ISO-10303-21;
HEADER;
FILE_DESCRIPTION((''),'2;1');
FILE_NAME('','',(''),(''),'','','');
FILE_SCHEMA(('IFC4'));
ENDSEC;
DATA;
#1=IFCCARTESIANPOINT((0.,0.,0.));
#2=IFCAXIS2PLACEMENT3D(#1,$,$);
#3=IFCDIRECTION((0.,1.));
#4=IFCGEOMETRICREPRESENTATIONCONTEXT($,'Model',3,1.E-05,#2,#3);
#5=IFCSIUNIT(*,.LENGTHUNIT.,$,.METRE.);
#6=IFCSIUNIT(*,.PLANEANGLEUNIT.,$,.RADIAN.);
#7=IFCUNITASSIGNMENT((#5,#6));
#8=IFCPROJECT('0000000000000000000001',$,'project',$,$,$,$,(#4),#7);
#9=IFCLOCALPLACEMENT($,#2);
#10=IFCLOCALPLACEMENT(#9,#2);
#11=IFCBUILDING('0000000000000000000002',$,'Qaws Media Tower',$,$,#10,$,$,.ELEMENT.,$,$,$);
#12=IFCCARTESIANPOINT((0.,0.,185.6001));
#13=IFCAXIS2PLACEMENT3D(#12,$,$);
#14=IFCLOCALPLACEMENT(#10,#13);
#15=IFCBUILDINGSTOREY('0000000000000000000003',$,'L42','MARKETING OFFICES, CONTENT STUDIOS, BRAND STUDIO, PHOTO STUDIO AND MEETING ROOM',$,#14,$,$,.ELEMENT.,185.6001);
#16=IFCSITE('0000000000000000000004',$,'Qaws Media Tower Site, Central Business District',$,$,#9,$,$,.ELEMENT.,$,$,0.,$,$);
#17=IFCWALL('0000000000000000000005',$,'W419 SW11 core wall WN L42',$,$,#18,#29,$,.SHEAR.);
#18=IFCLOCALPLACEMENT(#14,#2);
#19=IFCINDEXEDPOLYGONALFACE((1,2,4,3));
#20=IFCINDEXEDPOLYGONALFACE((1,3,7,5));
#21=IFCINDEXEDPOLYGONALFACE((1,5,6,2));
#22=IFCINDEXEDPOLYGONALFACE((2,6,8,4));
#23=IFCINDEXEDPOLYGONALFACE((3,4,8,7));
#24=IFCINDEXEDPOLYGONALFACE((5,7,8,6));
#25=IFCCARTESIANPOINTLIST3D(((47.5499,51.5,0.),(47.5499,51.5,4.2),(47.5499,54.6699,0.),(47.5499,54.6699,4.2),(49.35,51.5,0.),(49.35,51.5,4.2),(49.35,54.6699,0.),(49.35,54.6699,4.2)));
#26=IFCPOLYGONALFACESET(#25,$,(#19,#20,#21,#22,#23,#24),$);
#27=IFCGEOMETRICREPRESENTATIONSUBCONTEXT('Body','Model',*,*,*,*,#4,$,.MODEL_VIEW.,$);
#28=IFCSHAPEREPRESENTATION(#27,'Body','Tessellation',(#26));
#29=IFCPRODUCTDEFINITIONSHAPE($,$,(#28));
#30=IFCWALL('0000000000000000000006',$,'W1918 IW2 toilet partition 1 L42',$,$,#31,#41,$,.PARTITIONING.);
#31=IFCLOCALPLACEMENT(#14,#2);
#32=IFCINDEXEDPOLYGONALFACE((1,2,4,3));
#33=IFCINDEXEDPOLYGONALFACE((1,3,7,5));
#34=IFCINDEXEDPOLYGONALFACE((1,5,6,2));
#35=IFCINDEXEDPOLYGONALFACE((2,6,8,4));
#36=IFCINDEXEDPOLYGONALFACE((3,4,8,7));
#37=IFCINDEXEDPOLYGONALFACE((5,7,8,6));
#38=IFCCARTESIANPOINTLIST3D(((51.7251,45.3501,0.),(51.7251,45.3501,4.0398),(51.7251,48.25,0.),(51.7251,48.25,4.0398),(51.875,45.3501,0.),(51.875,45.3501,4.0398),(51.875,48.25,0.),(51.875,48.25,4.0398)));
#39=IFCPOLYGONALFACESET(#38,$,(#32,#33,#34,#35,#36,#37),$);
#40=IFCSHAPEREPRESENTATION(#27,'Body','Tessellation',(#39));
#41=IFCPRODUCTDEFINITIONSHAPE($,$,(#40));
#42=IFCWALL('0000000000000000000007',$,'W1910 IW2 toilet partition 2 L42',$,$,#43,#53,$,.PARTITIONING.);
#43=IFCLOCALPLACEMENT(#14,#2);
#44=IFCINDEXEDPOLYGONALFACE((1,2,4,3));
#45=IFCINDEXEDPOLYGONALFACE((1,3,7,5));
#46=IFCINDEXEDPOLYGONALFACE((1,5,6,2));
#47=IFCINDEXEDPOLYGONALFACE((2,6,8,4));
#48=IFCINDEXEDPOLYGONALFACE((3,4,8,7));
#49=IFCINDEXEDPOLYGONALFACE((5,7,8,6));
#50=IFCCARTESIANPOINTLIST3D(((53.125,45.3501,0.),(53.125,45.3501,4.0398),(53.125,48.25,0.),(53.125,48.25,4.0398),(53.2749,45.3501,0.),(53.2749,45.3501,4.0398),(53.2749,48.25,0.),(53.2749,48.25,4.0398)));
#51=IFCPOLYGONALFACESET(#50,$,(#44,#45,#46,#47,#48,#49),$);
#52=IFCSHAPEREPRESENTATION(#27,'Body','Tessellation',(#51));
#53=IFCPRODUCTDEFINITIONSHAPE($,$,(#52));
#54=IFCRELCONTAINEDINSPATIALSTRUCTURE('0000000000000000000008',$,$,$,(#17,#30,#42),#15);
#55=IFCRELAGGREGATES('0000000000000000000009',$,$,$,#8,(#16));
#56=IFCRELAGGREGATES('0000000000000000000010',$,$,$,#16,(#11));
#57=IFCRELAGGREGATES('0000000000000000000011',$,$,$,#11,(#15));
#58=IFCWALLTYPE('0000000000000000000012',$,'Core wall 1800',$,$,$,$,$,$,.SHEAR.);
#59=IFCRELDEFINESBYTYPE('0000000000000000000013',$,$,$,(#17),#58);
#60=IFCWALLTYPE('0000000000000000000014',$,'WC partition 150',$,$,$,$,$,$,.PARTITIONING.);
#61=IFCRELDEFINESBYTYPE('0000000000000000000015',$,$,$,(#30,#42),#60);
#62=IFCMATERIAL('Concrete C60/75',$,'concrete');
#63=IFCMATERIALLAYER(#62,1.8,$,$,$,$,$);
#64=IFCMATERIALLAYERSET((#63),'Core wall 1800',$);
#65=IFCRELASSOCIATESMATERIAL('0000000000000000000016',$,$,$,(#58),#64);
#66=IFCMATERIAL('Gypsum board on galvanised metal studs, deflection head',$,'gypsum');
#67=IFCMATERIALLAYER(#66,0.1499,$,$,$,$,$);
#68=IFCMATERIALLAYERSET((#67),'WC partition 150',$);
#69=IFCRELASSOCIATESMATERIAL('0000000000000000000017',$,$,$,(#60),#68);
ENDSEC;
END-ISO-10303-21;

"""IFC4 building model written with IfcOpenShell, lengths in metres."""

from ifc_helpers import new_model, si_unit, direction, frame, frame_2d, origin, place, context, subcontext, project, spatial, rectangle, extrude, material, layer, layer_set, type_object, element, save


model = new_model("IFC4")

# Units and contexts
model_context = context("Model", 3, precision=1e-05, world=origin(), true_north=direction((0.0, 1.0)))
body_context = subcontext(model_context, "Body", "Model", "MODEL_VIEW")
ifc_project = project(units=[si_unit("LENGTHUNIT", "METRE"), si_unit("PLANEANGLEUNIT", "RADIAN")], contexts=[model_context])

# Site, building, storey
site_placement = place(None, origin())
site = spatial("IfcSite", under=ifc_project, at=site_placement, Name="Qaws Media Tower Site, Central Business District", CompositionType="ELEMENT", RefElevation=0.0)
building_placement = place(site_placement, origin())
building = spatial("IfcBuilding", under=site, at=building_placement, Name="Qaws Media Tower", CompositionType="ELEMENT")
storey_placement = place(building_placement, frame((0.0, 0.0, 185.6001)))
storey = spatial("IfcBuildingStorey", under=building, at=storey_placement, Name="L42", Description="MARKETING OFFICES, CONTENT STUDIOS, BRAND STUDIO, PHOTO STUDIO AND MEETING ROOM", CompositionType="ELEMENT", Elevation=185.6001)

# Walls
ifc_material_1 = material(Name="Concrete C60/75", Category="concrete")
ifc_layer_1 = layer(ifc_material_1, 1.8)
ifc_layer_set_1 = layer_set([ifc_layer_1], Name="Core wall 1800")
wall_type_1 = type_object("IfcWallType", Name="Core wall 1800", PredefinedType="SHEAR", material=ifc_layer_set_1)
for number, where, z_axis, x_axis, name in (
    (1, (48.45, 51.5, 0.0), (0.0, 0.0, 1.0), (0.0, 1.0, 0.0), "W419 SW11 core wall WN L42"),
):
    element("IfcWall", number, at=place(storey_placement, frame(where, z_axis=z_axis, x_axis=x_axis)), inside=storey, type_object=wall_type_1, Name=name, PredefinedType="SHEAR", context=body_context, shape_type="SweptSolid", body=[
        extrude(rectangle(XDim=3.1699, YDim=1.8, at=frame_2d((1.585, 0.0))), origin(), (0.0, 0.0, 1.0), 4.2),
    ])
ifc_material_2 = material(Name="Gypsum board on galvanised metal studs, deflection head", Category="gypsum")
ifc_layer_2 = layer(ifc_material_2, 0.1499)
ifc_layer_set_2 = layer_set([ifc_layer_2], Name="WC partition 150")
wall_type_2 = type_object("IfcWallType", Name="WC partition 150", PredefinedType="PARTITIONING", material=ifc_layer_set_2)
for number, where, z_axis, x_axis, name in (
    (2, (51.8, 45.3501, 0.0), (0.0, 0.0, 1.0), (0.0, 1.0, 0.0), "W1918 IW2 toilet partition 1 L42"),
    (3, (53.2, 45.3501, 0.0), (0.0, 0.0, 1.0), (0.0, 1.0, 0.0), "W1910 IW2 toilet partition 2 L42"),
):
    element("IfcWall", number, at=place(storey_placement, frame(where, z_axis=z_axis, x_axis=x_axis)), inside=storey, type_object=wall_type_2, Name=name, PredefinedType="PARTITIONING", context=body_context, shape_type="SweptSolid", body=[
        extrude(rectangle(XDim=2.8999, YDim=0.1499, at=frame_2d((1.45, 0.0))), origin(), (0.0, 0.0, 1.0), 4.0398),
    ])

save(model, "model.ifc")
